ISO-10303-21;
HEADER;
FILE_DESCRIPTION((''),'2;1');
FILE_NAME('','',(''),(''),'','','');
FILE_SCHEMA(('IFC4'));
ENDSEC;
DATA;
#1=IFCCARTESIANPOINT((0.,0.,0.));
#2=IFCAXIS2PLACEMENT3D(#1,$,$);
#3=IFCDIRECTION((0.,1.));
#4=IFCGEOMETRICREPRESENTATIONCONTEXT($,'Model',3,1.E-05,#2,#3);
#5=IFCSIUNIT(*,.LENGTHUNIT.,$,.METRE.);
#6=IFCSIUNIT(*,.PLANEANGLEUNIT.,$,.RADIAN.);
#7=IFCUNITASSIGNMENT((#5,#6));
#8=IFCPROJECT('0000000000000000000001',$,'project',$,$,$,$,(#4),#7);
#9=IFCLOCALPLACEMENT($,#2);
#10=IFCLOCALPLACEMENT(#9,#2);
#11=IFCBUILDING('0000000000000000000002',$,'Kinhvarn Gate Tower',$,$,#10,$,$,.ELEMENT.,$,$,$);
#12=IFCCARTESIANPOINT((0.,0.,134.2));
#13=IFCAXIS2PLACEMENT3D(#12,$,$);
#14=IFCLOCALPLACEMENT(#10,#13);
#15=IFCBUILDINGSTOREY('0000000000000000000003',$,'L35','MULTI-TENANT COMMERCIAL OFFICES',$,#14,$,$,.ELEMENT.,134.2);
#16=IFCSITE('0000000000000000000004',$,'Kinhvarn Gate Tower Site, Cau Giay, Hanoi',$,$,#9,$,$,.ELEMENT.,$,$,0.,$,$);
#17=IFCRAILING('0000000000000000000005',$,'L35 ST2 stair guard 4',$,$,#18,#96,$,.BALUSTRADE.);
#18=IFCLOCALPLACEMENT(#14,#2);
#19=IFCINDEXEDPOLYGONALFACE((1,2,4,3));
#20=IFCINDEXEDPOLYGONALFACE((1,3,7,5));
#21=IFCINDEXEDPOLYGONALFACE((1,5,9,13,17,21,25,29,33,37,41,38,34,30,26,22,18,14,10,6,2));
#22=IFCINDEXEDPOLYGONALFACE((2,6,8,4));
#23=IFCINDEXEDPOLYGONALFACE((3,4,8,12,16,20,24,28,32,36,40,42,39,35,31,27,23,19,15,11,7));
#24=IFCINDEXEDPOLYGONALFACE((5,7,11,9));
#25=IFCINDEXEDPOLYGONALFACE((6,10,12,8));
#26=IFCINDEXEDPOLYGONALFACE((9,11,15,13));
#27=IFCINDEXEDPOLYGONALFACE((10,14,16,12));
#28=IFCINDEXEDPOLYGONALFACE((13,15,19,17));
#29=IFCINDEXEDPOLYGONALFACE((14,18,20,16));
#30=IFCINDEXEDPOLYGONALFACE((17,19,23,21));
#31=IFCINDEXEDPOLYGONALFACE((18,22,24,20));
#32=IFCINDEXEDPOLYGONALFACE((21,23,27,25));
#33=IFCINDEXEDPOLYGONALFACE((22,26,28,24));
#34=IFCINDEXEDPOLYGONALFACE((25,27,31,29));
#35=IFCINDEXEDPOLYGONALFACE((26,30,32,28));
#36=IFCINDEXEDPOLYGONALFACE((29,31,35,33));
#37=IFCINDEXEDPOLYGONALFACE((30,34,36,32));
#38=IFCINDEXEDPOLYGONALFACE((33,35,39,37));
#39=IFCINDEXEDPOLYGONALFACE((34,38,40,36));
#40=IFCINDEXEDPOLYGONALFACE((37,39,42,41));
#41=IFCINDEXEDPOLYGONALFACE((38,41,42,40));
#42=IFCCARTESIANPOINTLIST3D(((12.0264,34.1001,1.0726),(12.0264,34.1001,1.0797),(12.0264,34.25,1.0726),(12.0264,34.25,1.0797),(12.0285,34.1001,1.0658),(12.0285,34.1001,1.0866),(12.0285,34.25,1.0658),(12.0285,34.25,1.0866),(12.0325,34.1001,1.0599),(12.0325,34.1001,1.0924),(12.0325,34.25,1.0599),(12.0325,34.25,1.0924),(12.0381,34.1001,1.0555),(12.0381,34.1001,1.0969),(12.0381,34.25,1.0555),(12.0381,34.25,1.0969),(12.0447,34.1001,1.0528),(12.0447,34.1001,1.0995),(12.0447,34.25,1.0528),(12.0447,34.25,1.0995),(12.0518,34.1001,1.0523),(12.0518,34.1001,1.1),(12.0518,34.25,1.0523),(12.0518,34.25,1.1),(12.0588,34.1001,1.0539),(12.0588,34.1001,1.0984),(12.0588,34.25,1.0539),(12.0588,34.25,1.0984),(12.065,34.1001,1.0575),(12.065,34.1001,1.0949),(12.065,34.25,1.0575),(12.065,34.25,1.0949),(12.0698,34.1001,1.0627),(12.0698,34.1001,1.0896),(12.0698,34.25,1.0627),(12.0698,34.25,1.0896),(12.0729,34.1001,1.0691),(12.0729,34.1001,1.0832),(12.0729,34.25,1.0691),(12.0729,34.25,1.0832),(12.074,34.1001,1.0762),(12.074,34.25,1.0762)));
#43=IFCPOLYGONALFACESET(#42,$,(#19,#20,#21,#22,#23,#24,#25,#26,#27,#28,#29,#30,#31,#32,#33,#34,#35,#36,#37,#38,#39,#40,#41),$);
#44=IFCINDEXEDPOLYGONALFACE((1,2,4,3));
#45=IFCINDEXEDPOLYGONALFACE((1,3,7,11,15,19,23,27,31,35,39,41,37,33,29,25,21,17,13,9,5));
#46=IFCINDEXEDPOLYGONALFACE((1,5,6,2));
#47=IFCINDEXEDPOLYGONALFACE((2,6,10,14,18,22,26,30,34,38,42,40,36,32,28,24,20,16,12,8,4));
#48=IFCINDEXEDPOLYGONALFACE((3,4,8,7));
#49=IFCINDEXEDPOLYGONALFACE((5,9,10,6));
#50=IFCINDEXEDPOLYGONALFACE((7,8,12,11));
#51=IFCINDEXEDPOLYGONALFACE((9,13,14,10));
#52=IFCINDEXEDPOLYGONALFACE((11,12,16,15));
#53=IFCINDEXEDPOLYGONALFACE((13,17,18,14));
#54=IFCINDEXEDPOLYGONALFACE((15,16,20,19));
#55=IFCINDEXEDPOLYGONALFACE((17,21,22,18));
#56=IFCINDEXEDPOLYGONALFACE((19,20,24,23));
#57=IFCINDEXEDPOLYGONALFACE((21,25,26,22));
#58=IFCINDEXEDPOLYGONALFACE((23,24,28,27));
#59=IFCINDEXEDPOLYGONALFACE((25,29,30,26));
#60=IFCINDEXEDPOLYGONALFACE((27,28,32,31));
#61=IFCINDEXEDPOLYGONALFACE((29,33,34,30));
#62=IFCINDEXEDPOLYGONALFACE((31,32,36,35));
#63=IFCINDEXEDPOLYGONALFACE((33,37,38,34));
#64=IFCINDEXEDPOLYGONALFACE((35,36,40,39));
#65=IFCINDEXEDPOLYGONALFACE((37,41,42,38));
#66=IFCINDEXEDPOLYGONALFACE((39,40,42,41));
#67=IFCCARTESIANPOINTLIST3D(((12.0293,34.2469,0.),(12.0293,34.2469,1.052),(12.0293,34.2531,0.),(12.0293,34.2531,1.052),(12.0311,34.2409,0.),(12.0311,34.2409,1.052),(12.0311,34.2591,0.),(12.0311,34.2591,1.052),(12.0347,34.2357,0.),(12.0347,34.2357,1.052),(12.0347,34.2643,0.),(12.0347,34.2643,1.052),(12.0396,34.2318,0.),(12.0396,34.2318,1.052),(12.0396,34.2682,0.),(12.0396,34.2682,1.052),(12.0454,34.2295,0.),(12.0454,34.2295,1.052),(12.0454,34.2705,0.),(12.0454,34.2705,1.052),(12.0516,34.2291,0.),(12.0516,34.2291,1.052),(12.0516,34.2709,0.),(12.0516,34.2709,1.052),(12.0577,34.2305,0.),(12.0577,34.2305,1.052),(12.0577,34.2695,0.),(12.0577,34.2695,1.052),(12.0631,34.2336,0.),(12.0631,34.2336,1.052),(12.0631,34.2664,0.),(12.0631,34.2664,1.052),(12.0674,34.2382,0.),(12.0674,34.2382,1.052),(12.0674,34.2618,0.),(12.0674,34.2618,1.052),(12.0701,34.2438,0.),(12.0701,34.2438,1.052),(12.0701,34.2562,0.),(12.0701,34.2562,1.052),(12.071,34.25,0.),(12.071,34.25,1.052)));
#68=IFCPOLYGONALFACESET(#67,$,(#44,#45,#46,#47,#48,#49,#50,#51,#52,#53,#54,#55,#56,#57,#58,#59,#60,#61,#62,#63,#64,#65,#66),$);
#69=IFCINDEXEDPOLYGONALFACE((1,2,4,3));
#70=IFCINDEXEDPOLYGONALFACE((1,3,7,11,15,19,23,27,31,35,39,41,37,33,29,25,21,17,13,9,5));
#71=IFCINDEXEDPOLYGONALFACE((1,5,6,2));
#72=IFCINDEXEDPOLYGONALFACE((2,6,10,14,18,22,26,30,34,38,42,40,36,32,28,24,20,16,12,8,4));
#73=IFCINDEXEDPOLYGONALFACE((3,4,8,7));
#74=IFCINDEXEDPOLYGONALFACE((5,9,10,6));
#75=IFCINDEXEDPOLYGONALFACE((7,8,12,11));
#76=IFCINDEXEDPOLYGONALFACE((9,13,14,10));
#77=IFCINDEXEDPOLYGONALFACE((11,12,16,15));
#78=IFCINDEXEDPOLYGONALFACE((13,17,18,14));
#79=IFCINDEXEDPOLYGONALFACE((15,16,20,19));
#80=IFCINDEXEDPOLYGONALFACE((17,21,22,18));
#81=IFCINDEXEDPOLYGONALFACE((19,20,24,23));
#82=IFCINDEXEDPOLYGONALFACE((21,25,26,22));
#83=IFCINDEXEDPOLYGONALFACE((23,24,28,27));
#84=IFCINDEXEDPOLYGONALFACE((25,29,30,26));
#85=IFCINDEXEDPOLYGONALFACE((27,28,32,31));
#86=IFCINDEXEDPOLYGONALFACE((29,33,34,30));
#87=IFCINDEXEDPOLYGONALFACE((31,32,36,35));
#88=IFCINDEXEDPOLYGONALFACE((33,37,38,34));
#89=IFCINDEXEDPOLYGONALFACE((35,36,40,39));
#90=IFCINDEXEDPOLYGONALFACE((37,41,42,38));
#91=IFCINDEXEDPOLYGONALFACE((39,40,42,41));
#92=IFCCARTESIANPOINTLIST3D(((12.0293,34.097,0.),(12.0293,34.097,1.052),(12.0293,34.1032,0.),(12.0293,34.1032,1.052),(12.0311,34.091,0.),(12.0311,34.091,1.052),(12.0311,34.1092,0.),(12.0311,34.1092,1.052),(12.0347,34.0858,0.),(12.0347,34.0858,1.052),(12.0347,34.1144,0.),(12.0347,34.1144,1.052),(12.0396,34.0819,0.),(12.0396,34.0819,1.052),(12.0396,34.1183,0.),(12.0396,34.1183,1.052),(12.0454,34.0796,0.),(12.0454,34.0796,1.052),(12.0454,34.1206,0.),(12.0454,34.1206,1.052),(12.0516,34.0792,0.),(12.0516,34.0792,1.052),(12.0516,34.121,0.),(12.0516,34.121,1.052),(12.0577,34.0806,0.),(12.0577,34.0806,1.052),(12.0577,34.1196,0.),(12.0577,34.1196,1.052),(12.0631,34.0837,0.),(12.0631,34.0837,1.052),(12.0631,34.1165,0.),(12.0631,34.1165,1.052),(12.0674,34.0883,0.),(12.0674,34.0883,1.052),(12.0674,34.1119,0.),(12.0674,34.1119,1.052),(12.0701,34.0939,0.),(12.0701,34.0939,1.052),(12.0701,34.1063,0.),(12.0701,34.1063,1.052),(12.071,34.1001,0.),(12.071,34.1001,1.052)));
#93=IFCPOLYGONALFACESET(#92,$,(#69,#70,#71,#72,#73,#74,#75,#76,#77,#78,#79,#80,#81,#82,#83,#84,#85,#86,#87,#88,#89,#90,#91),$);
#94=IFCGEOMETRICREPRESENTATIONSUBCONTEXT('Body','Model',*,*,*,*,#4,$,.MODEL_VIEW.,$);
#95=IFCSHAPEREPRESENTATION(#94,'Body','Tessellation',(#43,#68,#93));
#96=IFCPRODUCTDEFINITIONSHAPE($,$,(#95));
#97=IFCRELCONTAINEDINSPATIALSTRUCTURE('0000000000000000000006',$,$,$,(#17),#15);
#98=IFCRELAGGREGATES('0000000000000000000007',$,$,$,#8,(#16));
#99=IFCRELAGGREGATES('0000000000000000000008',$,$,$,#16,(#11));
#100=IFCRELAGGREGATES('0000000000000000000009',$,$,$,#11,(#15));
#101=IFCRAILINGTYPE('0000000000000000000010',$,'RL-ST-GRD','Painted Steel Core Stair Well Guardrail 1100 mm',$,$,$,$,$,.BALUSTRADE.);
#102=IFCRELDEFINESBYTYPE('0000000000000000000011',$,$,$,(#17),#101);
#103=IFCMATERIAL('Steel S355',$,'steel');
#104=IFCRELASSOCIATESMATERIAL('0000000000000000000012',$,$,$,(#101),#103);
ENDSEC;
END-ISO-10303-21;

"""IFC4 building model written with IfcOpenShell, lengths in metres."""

from ifc_helpers import new_model, si_unit, direction, frame, origin, origin_2d, place, context, subcontext, project, spatial, circle, extrude, material, type_object, element, save


model = new_model("IFC4")

# Units and contexts
model_context = context("Model", 3, precision=1e-05, world=origin(), true_north=direction((0.0, 1.0)))
body_context = subcontext(model_context, "Body", "Model", "MODEL_VIEW")
ifc_project = project(units=[si_unit("LENGTHUNIT", "METRE"), si_unit("PLANEANGLEUNIT", "RADIAN")], contexts=[model_context])

# Site, building, storey
site_placement = place(None, origin())
site = spatial("IfcSite", under=ifc_project, at=site_placement, Name="Kinhvarn Gate Tower Site, Cau Giay, Hanoi", CompositionType="ELEMENT", RefElevation=0.0)
building_placement = place(site_placement, origin())
building = spatial("IfcBuilding", under=site, at=building_placement, Name="Kinhvarn Gate Tower", CompositionType="ELEMENT")
storey_placement = place(building_placement, frame((0.0, 0.0, 134.2)))
storey = spatial("IfcBuildingStorey", under=building, at=storey_placement, Name="L35", Description="MULTI-TENANT COMMERCIAL OFFICES", CompositionType="ELEMENT", Elevation=134.2)

# Shared definitions
ifc_material_1 = material(Name="Steel S355", Category="steel")

# Railing
railing_type_1 = type_object("IfcRailingType", Name="RL-ST-GRD", Description="Painted Steel Core Stair Well Guardrail 1100 mm", PredefinedType="BALUSTRADE", material=ifc_material_1)
railing_1_placement = place(storey_placement, frame((12.05, 34.25, 0.0)))
element("IfcRailing", 1, at=railing_1_placement, inside=storey, type_object=railing_type_1, Name="L35 ST2 stair guard 4", PredefinedType="BALUSTRADE", context=body_context, shape_type="SweptSolid", body=[
    extrude(circle(Radius=0.0239, at=origin_2d()), frame((0.0, 0.0, 1.0762), z_axis=(0.0, -1.0, 0.0), x_axis=(1.0, 0.0, 0.0)), (0.0, 0.0, 1.0), 0.1499),
    extrude(circle(Radius=0.021, at=origin_2d()), origin(), (0.0, 0.0, 1.0), 1.052),
    extrude(circle(Radius=0.021, at=origin_2d()), frame((0.0, -0.1499, 0.0)), (0.0, 0.0, 1.0), 1.052),
])

save(model, "model.ifc")
